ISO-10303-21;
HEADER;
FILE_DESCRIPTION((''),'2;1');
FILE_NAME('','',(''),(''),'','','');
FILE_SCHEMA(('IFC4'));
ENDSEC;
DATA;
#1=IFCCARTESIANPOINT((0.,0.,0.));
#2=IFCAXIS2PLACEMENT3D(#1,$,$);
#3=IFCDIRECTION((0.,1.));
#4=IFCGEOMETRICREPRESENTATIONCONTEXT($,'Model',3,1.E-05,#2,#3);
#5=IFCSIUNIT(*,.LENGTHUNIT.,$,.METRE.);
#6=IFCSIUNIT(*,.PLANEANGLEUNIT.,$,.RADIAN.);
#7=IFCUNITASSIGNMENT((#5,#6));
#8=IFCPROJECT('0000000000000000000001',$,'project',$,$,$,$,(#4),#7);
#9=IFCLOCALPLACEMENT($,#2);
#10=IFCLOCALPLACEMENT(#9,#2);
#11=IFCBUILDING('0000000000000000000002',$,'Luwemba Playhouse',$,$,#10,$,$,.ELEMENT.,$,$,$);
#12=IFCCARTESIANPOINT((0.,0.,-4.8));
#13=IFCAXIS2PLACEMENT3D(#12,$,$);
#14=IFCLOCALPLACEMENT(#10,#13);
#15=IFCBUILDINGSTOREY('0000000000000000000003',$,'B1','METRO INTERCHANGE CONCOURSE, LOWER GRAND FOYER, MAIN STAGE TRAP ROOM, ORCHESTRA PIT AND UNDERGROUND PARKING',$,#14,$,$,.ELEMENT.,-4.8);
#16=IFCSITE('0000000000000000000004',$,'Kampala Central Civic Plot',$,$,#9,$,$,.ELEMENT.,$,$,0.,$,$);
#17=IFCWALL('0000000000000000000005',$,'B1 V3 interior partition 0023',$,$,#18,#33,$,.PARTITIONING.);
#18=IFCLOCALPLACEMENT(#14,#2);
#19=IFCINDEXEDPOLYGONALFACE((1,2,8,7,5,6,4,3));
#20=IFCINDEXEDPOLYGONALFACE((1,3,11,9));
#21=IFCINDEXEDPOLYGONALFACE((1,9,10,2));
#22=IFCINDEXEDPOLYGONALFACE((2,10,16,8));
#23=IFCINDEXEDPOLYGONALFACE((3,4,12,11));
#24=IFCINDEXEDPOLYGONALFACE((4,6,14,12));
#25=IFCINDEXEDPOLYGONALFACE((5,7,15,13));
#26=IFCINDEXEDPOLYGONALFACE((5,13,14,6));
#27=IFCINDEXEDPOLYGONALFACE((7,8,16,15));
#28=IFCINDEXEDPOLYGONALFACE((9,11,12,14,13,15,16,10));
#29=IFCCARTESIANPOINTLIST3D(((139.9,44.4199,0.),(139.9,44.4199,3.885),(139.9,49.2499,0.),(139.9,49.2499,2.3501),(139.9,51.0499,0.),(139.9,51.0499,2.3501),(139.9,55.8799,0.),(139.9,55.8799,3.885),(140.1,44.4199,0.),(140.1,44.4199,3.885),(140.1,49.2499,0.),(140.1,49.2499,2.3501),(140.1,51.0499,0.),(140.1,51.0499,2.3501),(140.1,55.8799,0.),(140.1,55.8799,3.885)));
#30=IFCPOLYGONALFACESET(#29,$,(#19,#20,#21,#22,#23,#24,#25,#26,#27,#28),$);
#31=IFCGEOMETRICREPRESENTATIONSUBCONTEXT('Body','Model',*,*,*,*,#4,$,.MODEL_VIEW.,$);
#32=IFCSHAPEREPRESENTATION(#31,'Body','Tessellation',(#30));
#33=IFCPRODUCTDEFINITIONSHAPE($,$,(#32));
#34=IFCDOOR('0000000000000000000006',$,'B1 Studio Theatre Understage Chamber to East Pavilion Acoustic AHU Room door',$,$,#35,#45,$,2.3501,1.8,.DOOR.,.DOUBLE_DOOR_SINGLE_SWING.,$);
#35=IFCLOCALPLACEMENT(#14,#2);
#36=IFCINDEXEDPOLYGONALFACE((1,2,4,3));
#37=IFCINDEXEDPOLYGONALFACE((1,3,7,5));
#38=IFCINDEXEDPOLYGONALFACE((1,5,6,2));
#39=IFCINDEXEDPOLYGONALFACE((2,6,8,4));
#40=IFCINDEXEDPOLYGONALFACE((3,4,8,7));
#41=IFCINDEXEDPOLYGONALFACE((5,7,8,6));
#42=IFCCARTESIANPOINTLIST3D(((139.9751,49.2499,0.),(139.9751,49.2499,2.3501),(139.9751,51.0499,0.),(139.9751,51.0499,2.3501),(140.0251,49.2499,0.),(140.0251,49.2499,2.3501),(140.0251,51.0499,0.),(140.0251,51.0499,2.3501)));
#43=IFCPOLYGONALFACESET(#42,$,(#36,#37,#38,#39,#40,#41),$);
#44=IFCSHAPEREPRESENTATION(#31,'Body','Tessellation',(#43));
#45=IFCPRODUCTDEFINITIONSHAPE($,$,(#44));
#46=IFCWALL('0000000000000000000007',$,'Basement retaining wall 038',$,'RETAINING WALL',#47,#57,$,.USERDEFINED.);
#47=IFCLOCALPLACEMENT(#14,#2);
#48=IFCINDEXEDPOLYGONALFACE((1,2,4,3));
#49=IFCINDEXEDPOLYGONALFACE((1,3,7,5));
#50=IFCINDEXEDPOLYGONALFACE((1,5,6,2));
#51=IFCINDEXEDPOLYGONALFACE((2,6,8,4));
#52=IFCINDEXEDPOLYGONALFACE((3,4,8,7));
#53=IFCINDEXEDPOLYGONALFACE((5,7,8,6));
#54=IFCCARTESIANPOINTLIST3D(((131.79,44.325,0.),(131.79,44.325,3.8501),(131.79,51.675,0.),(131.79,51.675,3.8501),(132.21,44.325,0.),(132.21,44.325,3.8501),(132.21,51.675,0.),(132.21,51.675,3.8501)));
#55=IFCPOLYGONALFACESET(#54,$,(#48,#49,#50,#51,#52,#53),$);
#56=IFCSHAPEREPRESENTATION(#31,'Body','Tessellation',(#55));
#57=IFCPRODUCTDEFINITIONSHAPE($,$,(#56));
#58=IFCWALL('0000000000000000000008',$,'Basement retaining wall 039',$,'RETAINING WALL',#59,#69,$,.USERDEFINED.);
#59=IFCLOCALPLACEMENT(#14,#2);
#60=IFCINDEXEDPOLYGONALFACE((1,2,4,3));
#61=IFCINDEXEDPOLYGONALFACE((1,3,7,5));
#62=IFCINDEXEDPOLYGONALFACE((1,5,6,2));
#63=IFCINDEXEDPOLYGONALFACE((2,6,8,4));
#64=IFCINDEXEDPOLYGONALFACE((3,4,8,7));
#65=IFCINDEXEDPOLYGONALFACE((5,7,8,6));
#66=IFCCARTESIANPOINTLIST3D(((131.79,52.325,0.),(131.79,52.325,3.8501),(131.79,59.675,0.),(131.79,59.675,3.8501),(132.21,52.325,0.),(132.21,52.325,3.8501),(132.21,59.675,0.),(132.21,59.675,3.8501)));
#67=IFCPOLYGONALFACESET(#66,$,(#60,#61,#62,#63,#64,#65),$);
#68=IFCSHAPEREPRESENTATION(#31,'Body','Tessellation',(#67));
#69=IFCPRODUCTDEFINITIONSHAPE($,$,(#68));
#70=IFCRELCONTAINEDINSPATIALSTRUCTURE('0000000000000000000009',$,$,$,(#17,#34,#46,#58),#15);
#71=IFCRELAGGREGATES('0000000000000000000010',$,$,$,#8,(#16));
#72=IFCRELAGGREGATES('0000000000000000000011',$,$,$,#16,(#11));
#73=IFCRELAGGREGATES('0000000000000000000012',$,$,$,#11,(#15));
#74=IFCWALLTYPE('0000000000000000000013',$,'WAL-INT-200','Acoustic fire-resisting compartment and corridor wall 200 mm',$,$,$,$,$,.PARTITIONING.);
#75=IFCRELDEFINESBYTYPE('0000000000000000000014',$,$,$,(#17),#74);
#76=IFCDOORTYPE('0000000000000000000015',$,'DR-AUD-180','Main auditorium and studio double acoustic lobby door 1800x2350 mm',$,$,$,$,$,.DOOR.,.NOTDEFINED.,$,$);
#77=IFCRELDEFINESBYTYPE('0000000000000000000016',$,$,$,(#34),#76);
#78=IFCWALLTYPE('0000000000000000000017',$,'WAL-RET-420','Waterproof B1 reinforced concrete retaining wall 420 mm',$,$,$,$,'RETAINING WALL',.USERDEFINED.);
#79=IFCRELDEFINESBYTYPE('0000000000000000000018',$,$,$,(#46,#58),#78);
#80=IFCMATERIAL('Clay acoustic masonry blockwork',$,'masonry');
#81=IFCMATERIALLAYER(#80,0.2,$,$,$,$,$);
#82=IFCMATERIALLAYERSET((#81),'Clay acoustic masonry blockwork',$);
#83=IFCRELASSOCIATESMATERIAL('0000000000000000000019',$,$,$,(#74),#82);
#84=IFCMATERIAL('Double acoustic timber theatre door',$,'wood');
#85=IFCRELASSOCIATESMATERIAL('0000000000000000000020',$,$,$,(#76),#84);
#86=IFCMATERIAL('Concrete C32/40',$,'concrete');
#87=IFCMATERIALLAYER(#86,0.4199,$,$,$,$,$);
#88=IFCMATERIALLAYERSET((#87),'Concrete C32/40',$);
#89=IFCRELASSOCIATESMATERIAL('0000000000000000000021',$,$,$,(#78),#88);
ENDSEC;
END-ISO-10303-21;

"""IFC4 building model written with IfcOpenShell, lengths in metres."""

from ifc_helpers import new_model, si_unit, direction, frame, frame_2d, origin, place, context, subcontext, project, spatial, rectangle, extrude, material, layer, layer_set, type_object, element, fill, save


model = new_model("IFC4")

# Units and contexts
model_context = context("Model", 3, precision=1e-05, world=origin(), true_north=direction((0.0, 1.0)))
body_context = subcontext(model_context, "Body", "Model", "MODEL_VIEW")
ifc_project = project(units=[si_unit("LENGTHUNIT", "METRE"), si_unit("PLANEANGLEUNIT", "RADIAN")], contexts=[model_context])

# Site, building, storey
site_placement = place(None, origin())
site = spatial("IfcSite", under=ifc_project, at=site_placement, Name="Kampala Central Civic Plot", CompositionType="ELEMENT", RefElevation=0.0)
building_placement = place(site_placement, origin())
building = spatial("IfcBuilding", under=site, at=building_placement, Name="Luwemba Playhouse", CompositionType="ELEMENT")
storey_placement = place(building_placement, frame((0.0, 0.0, -4.8)))
storey = spatial("IfcBuildingStorey", under=building, at=storey_placement, Name="B1", Description="METRO INTERCHANGE CONCOURSE, LOWER GRAND FOYER, MAIN STAGE TRAP ROOM, ORCHESTRA PIT AND UNDERGROUND PARKING", CompositionType="ELEMENT", Elevation=-4.8)

# Shared definitions
ifc_material_1 = material(Name="Concrete C32/40", Category="concrete")

# Wall, opening, door
ifc_material_2 = material(Name="Clay acoustic masonry blockwork", Category="masonry")
ifc_layer_1 = layer(ifc_material_2, 0.2)
ifc_layer_set_1 = layer_set([ifc_layer_1], Name="Clay acoustic masonry blockwork")
wall_type_1 = type_object("IfcWallType", Name="WAL-INT-200", Description="Acoustic fire-resisting compartment and corridor wall 200 mm", PredefinedType="PARTITIONING", material=ifc_layer_set_1)
ifc_material_3 = material(Name="Double acoustic timber theatre door", Category="wood")
door_type = type_object("IfcDoorType", Name="DR-AUD-180", Description="Main auditorium and studio double acoustic lobby door 1800x2350 mm", OperationType="NOTDEFINED", PredefinedType="DOOR", material=ifc_material_3)
wall_1_placement = place(storey_placement, frame((140.0, 44.4199, 0.0), z_axis=(0.0, 0.0, 1.0), x_axis=(0.0, 1.0, 0.0)))
wall_1 = element("IfcWall", 1, at=wall_1_placement, inside=storey, type_object=wall_type_1, Name="B1 V3 interior partition 0023", PredefinedType="PARTITIONING", context=body_context, shape_type="SweptSolid", body=[
    extrude(rectangle(XDim=11.46, YDim=0.2, at=frame_2d((5.73, 0.0))), origin(), (0.0, 0.0, 1.0), 3.885),
])
opening_1_placement = place(wall_1_placement, frame((4.8301, 0.0, 0.0)))
opening_1 = element("IfcOpeningElement", 2, at=opening_1_placement, cuts=wall_1, PredefinedType="OPENING", context=body_context, shape_type="SweptSolid", body=[
    extrude(rectangle(XDim=1.8, YDim=2.3501, at=frame_2d((0.8999, 1.175))), frame((0.0, 0.1099, 0.0), z_axis=(0.0, -1.0, 0.0), x_axis=(1.0, 0.0, 0.0)), (0.0, 0.0, 1.0), 0.22),
])
door_1_placement = place(opening_1_placement, origin())
door_1 = element("IfcDoor", 3, at=door_1_placement, inside=storey, type_object=door_type, Name="B1 Studio Theatre Understage Chamber to East Pavilion Acoustic AHU Room door", OperationType="DOUBLE_DOOR_SINGLE_SWING", OverallHeight=2.3501, OverallWidth=1.8, PredefinedType="DOOR", context=body_context, shape_type="SweptSolid", body=[
    extrude(rectangle(XDim=1.8, YDim=2.3501, at=frame_2d((0.8999, 1.175))), frame((0.0, 0.0249, 0.0), z_axis=(0.0, -1.0, 0.0), x_axis=(1.0, 0.0, 0.0)), (0.0, 0.0, 1.0), 0.05),
])
fill(opening_1, door_1)

# Walls
ifc_layer_2 = layer(ifc_material_1, 0.4199)
ifc_layer_set_2 = layer_set([ifc_layer_2], Name="Concrete C32/40")
wall_type_2 = type_object("IfcWallType", Name="WAL-RET-420", Description="Waterproof B1 reinforced concrete retaining wall 420 mm", ElementType="RETAINING WALL", PredefinedType="USERDEFINED", material=ifc_layer_set_2)
for number, where, z_axis, x_axis, name in (
    (4, (132.0, 44.325, 0.0), (0.0, 0.0, 1.0), (0.0, 1.0, 0.0), "Basement retaining wall 038"),
    (5, (132.0, 52.325, 0.0), (0.0, 0.0, 1.0), (0.0, 1.0, 0.0), "Basement retaining wall 039"),
):
    element("IfcWall", number, at=place(storey_placement, frame(where, z_axis=z_axis, x_axis=x_axis)), inside=storey, type_object=wall_type_2, Name=name, ObjectType="RETAINING WALL", PredefinedType="USERDEFINED", context=body_context, shape_type="SweptSolid", body=[
        extrude(rectangle(XDim=7.3501, YDim=0.4199, at=frame_2d((3.675, 0.0))), origin(), (0.0, 0.0, 1.0), 3.8501),
    ])

save(model, "model.ifc")
